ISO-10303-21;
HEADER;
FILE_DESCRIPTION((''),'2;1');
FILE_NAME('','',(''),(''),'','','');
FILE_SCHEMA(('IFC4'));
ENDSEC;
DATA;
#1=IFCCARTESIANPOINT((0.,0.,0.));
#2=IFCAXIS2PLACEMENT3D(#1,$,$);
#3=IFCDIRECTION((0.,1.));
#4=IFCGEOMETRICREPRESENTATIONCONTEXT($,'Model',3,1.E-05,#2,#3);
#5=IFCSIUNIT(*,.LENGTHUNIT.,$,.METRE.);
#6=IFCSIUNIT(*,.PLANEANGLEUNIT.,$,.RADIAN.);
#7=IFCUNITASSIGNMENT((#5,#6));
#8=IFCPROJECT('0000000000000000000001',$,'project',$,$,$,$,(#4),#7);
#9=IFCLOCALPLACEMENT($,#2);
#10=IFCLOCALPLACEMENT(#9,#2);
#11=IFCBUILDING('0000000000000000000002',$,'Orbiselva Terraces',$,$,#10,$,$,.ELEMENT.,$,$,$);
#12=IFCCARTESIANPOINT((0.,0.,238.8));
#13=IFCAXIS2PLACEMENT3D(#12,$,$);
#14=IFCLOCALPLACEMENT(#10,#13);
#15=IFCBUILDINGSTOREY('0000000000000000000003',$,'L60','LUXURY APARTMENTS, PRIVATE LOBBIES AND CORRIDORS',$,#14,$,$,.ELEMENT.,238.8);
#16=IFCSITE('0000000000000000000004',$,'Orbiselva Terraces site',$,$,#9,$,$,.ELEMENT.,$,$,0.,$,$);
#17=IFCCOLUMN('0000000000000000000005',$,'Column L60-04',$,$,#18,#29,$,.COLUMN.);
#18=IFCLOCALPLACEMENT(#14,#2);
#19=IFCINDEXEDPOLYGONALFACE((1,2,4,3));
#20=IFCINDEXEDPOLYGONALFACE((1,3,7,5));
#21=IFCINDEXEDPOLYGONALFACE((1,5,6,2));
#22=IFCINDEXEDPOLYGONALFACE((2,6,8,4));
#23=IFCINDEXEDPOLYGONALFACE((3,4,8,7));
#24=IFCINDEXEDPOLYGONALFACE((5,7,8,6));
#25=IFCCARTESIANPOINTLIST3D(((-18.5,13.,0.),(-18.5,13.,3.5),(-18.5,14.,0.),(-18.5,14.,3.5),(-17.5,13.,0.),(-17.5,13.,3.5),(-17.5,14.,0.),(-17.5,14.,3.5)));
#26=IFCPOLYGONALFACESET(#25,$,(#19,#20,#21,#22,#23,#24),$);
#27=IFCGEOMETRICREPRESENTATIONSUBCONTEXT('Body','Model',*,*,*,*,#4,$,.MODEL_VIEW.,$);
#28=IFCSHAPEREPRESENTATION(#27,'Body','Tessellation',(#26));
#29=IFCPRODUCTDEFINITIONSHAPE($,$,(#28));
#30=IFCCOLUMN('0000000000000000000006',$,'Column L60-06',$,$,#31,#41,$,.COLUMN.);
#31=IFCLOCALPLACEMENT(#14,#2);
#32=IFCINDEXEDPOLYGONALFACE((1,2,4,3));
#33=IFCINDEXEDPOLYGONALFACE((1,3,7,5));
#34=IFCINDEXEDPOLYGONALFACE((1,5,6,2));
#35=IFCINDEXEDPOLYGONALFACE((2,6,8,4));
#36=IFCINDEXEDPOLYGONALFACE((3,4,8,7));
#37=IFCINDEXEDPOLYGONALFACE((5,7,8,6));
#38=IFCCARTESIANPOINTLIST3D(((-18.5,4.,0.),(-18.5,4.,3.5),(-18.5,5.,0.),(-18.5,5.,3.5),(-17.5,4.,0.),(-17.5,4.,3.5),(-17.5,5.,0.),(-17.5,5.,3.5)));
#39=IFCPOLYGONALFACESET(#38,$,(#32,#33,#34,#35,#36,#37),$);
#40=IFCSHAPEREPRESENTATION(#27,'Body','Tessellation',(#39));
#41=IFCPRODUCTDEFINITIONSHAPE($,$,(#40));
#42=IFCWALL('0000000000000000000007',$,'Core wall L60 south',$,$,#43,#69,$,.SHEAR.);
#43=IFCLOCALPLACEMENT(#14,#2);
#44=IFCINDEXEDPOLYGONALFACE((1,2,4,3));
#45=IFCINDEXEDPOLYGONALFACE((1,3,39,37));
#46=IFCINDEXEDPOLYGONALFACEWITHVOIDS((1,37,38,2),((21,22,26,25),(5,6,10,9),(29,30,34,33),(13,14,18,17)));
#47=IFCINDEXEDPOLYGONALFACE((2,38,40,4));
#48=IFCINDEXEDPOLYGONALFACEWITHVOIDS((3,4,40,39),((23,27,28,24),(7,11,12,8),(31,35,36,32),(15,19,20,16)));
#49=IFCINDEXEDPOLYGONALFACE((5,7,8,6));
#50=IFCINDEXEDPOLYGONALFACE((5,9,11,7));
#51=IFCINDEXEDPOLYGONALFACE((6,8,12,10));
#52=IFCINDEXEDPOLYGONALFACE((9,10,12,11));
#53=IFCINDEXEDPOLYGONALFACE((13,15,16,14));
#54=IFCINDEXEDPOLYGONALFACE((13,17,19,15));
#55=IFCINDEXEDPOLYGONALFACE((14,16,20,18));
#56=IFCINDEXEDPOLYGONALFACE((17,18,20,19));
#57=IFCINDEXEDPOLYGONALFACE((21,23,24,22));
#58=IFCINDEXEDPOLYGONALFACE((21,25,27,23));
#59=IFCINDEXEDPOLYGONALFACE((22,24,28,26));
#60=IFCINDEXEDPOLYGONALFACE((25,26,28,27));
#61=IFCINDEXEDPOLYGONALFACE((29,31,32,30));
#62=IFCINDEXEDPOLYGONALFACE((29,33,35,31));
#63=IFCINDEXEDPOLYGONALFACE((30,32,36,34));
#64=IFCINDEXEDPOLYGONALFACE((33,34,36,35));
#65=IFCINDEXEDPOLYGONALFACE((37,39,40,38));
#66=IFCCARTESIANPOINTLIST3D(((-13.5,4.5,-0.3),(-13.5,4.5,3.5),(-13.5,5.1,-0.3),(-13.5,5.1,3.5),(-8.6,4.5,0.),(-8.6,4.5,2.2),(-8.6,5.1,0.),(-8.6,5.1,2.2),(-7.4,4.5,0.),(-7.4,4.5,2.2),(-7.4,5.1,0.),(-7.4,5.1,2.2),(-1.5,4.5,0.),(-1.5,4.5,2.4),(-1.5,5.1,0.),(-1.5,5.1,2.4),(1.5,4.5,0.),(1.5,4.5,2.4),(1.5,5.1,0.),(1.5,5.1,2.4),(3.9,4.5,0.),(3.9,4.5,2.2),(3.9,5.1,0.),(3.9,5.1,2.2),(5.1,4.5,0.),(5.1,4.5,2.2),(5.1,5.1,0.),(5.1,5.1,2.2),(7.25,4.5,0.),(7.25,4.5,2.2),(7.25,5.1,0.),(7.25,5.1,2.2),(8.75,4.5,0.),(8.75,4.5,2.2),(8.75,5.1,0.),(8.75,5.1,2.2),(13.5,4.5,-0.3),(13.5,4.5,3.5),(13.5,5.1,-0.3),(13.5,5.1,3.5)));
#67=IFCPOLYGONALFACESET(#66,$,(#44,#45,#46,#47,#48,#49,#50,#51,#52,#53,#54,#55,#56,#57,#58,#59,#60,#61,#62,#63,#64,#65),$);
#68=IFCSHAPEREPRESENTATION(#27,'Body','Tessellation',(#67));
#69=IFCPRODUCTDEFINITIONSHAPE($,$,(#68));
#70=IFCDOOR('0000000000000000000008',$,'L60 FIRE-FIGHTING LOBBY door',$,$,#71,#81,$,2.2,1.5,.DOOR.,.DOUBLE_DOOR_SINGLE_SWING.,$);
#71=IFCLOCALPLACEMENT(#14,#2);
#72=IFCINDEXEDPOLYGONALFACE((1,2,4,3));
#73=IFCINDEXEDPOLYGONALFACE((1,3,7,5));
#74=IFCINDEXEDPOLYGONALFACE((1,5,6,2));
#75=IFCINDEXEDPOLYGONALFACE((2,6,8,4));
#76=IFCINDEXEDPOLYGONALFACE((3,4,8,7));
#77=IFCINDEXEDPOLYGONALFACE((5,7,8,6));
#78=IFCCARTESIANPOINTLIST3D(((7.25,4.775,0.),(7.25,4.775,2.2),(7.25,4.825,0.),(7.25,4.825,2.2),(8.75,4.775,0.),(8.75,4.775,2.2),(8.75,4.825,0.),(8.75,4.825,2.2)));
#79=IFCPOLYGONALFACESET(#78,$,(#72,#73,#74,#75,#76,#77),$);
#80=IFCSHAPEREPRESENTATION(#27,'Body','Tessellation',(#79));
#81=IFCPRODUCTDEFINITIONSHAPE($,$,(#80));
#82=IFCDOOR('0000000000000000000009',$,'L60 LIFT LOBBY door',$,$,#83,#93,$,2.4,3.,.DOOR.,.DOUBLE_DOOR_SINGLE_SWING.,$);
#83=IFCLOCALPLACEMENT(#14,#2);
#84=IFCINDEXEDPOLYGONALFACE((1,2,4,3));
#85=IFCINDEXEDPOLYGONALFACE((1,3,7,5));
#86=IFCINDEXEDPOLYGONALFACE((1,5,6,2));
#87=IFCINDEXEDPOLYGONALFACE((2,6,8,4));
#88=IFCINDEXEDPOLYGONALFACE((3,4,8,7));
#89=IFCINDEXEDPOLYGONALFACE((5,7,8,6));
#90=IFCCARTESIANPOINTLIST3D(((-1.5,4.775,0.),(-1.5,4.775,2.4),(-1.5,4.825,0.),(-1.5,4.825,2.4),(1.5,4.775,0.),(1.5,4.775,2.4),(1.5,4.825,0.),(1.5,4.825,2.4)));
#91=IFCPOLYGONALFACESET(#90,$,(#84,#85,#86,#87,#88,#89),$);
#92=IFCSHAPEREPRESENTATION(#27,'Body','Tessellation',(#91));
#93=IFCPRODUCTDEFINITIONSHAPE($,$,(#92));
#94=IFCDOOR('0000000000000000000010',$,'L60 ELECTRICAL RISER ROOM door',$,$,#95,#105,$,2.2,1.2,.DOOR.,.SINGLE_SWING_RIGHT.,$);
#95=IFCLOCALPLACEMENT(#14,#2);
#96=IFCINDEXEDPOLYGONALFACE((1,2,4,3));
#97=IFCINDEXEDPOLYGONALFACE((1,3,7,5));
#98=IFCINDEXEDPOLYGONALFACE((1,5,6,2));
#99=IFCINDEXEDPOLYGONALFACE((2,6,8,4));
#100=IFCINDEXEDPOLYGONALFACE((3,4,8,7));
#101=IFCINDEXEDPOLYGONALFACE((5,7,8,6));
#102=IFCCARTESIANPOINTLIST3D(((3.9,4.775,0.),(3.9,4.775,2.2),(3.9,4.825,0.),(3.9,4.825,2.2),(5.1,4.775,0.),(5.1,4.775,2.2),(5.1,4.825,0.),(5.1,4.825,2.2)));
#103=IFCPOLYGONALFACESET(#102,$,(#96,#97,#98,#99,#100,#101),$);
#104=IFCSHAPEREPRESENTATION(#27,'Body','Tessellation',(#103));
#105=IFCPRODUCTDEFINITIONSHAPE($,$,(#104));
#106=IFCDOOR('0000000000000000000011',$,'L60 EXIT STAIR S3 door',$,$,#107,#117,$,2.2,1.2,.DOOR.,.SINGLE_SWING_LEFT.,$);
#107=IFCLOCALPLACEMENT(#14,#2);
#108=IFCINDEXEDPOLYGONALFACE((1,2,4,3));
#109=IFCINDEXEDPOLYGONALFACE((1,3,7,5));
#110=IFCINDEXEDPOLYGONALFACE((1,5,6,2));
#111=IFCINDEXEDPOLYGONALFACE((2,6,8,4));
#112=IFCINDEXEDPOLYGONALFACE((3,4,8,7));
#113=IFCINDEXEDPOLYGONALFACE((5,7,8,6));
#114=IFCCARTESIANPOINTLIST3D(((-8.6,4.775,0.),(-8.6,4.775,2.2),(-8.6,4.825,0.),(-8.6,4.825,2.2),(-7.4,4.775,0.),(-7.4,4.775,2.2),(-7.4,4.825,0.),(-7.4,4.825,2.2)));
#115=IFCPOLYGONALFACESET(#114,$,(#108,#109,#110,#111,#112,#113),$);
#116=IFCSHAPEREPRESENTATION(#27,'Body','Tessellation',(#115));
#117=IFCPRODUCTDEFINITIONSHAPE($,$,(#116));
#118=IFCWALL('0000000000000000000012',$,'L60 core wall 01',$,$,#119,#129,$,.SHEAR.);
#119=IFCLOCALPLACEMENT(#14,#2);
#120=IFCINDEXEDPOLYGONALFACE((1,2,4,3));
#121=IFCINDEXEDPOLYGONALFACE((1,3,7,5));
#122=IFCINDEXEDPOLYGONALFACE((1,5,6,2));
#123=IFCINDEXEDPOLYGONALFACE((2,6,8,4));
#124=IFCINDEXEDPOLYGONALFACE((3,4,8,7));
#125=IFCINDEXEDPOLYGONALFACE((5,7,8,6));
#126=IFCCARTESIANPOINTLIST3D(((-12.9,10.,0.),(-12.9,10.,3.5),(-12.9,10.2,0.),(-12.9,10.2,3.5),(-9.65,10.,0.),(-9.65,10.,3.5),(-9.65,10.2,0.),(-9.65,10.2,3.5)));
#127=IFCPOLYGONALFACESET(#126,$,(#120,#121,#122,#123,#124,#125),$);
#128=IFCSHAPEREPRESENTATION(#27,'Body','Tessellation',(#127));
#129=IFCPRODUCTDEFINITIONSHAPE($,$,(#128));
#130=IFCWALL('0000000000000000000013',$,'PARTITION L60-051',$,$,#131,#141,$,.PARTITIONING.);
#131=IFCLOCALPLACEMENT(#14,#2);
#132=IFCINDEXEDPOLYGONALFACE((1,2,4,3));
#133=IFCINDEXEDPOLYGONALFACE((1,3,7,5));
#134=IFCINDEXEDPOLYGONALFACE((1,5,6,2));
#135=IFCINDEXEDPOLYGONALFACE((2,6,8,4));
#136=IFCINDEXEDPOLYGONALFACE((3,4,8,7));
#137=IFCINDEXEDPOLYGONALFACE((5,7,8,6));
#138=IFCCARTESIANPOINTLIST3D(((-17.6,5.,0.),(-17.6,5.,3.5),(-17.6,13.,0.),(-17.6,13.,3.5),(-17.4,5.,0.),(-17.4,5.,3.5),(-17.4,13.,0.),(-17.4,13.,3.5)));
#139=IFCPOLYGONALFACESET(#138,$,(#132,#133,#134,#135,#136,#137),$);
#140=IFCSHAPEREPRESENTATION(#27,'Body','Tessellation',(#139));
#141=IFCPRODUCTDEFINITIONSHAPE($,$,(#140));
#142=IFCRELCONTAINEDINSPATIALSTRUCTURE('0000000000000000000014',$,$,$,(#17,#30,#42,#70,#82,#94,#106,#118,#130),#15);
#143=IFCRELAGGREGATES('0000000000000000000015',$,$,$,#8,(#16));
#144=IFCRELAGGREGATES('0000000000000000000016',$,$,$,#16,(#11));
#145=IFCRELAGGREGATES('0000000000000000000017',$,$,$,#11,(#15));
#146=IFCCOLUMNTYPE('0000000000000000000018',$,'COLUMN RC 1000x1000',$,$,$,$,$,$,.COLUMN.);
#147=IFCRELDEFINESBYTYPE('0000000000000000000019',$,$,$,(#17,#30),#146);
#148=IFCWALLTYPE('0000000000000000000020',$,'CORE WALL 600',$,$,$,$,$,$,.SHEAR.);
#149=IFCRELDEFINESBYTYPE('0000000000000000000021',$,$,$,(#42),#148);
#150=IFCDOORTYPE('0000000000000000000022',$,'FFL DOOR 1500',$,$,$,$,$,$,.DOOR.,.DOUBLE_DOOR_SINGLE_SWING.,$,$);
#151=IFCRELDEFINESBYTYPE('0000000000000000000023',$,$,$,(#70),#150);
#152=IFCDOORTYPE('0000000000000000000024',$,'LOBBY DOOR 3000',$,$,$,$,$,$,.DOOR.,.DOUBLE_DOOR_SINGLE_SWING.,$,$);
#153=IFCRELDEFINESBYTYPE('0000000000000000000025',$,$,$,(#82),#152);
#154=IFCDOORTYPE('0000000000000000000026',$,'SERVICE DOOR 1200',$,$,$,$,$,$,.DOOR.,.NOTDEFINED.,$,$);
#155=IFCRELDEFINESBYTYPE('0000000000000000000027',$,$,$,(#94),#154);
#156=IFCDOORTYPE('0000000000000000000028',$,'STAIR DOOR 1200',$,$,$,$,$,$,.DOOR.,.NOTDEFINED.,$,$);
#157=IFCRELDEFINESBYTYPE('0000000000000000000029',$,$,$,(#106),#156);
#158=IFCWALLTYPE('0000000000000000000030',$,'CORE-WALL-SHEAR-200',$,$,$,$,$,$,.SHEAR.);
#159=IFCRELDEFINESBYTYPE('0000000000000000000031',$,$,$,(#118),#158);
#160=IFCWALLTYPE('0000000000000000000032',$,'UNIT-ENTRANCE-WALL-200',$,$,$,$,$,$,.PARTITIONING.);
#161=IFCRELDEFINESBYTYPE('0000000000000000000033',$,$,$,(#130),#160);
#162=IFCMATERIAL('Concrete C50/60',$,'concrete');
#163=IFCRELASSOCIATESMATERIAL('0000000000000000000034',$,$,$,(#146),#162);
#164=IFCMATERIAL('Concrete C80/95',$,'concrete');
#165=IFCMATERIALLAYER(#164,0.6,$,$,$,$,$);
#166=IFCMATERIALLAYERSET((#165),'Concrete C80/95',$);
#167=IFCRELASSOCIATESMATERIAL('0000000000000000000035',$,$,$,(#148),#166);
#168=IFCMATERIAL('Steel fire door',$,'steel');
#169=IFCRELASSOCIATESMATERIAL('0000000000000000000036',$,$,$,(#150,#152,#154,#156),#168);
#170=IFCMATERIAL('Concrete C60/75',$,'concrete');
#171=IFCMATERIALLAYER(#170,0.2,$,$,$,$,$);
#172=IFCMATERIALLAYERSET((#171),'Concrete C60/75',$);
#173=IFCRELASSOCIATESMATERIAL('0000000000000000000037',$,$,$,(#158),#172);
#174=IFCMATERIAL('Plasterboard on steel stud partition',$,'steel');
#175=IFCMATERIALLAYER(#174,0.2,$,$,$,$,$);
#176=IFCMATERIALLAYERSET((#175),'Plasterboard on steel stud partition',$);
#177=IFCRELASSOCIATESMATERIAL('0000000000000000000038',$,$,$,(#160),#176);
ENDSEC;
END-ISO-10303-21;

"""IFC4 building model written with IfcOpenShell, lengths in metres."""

from ifc_helpers import new_model, si_unit, direction, frame, frame_2d, origin, origin_2d, place, context, subcontext, project, spatial, rectangle, extrude, material, layer, layer_set, material_profile, profile_set, type_object, element, fill, save


model = new_model("IFC4")

# Units and contexts
model_context = context("Model", 3, precision=1e-05, world=origin(), true_north=direction((0.0, 1.0)))
body_context = subcontext(model_context, "Body", "Model", "MODEL_VIEW")
ifc_project = project(units=[si_unit("LENGTHUNIT", "METRE"), si_unit("PLANEANGLEUNIT", "RADIAN")], contexts=[model_context])

# Site, building, storey
site_placement = place(None, origin())
site = spatial("IfcSite", under=ifc_project, at=site_placement, Name="Orbiselva Terraces site", CompositionType="ELEMENT", RefElevation=0.0)
building_placement = place(site_placement, origin())
building = spatial("IfcBuilding", under=site, at=building_placement, Name="Orbiselva Terraces", CompositionType="ELEMENT")
storey_placement = place(building_placement, frame((0.0, 0.0, 238.8)))
storey = spatial("IfcBuildingStorey", under=building, at=storey_placement, Name="L60", Description="LUXURY APARTMENTS, PRIVATE LOBBIES AND CORRIDORS", CompositionType="ELEMENT", Elevation=238.8)

# Columns
ifc_material_1 = material(Name="Concrete C50/60", Category="concrete")
ifc_material_profile = material_profile(ifc_material_1, rectangle(XDim=1.0, YDim=1.0, at=origin_2d()), Name="RC 1000x1000")
ifc_profile_set = profile_set([ifc_material_profile], Name="Concrete C50/60")
column_type = type_object("IfcColumnType", Name="COLUMN RC 1000x1000", PredefinedType="COLUMN", material=ifc_profile_set)
for number, where, z_axis, x_axis, name in (
    (1, (-18.0, 13.5, 0.0), (0.0, 0.0, 1.0), (1.0, 0.0, 0.0), "Column L60-04"),
    (2, (-18.0, 4.5, 0.0), (0.0, 0.0, 1.0), (1.0, 0.0, 0.0), "Column L60-06"),
):
    element("IfcColumn", number, at=place(storey_placement, frame(where, z_axis=z_axis, x_axis=x_axis)), inside=storey, type_object=column_type, Name=name, PredefinedType="COLUMN", context=body_context, shape_type="SweptSolid", body=[
        extrude(rectangle(XDim=1.0, YDim=1.0, at=origin_2d()), origin(), (0.0, 0.0, 1.0), 3.5),
    ])

# Wall, openings, doors
ifc_material_2 = material(Name="Concrete C80/95", Category="concrete")
ifc_layer_1 = layer(ifc_material_2, 0.6)
ifc_layer_set_1 = layer_set([ifc_layer_1], Name="Concrete C80/95")
wall_type_1 = type_object("IfcWallType", Name="CORE WALL 600", PredefinedType="SHEAR", material=ifc_layer_set_1)
wall_1_placement = place(storey_placement, frame((-13.5, 4.8, -0.3), z_axis=(0.0, 0.0, 1.0), x_axis=(1.0, 0.0, 0.0)))
wall_1 = element("IfcWall", 3, at=wall_1_placement, inside=storey, type_object=wall_type_1, Name="Core wall L60 south", PredefinedType="SHEAR", context=body_context, shape_type="SweptSolid", body=[
    extrude(rectangle(XDim=27.0, YDim=0.6, at=frame_2d((13.5, 0.0))), origin(), (0.0, 0.0, 1.0), 3.8),
])
opening_1_placement = place(wall_1_placement, frame((12.0, 0.0, 0.3)))
opening_1 = element("IfcOpeningElement", 4, at=opening_1_placement, cuts=wall_1, PredefinedType="OPENING", context=body_context, shape_type="SweptSolid", body=[
    extrude(rectangle(XDim=3.0, YDim=2.4, at=frame_2d((1.5, 1.2))), frame((0.0, 0.31, 0.0), z_axis=(0.0, -1.0, 0.0), x_axis=(1.0, 0.0, 0.0)), (0.0, 0.0, 1.0), 0.62),
])
opening_2_placement = place(wall_1_placement, frame((4.9, 0.0, 0.3)))
opening_2 = element("IfcOpeningElement", 5, at=opening_2_placement, cuts=wall_1, PredefinedType="OPENING", context=body_context, shape_type="SweptSolid", body=[
    extrude(rectangle(XDim=1.2, YDim=2.2, at=frame_2d((0.6, 1.1))), frame((0.0, 0.31, 0.0), z_axis=(0.0, -1.0, 0.0), x_axis=(1.0, 0.0, 0.0)), (0.0, 0.0, 1.0), 0.62),
])
opening_3_placement = place(wall_1_placement, frame((20.75, 0.0, 0.3)))
opening_3 = element("IfcOpeningElement", 6, at=opening_3_placement, cuts=wall_1, PredefinedType="OPENING", context=body_context, shape_type="SweptSolid", body=[
    extrude(rectangle(XDim=1.5, YDim=2.2, at=frame_2d((0.75, 1.1))), frame((0.0, 0.31, 0.0), z_axis=(0.0, -1.0, 0.0), x_axis=(1.0, 0.0, 0.0)), (0.0, 0.0, 1.0), 0.62),
])
opening_4_placement = place(wall_1_placement, frame((17.4, 0.0, 0.3)))
opening_4 = element("IfcOpeningElement", 7, at=opening_4_placement, cuts=wall_1, PredefinedType="OPENING", context=body_context, shape_type="SweptSolid", body=[
    extrude(rectangle(XDim=1.2, YDim=2.2, at=frame_2d((0.6, 1.1))), frame((0.0, 0.31, 0.0), z_axis=(0.0, -1.0, 0.0), x_axis=(1.0, 0.0, 0.0)), (0.0, 0.0, 1.0), 0.62),
])
ifc_material_3 = material(Name="Steel fire door", Category="steel")
door_type_1 = type_object("IfcDoorType", Name="FFL DOOR 1500", OperationType="DOUBLE_DOOR_SINGLE_SWING", PredefinedType="DOOR", material=ifc_material_3)
door_1_placement = place(opening_3_placement, frame((1.5, 0.0, 0.0), z_axis=(0.0, 0.0, 1.0), x_axis=(-1.0, 0.0, 0.0)))
door_1 = element("IfcDoor", 8, at=door_1_placement, inside=storey, type_object=door_type_1, Name="L60 FIRE-FIGHTING LOBBY door", OperationType="DOUBLE_DOOR_SINGLE_SWING", OverallHeight=2.2, OverallWidth=1.5, PredefinedType="DOOR", context=body_context, shape_type="SweptSolid", body=[
    extrude(rectangle(XDim=1.5, YDim=2.2, at=frame_2d((0.75, 1.1))), frame((0.0, 0.025, 0.0), z_axis=(0.0, -1.0, 0.0), x_axis=(1.0, 0.0, 0.0)), (0.0, 0.0, 1.0), 0.05),
])
fill(opening_3, door_1)
door_type_2 = type_object("IfcDoorType", Name="LOBBY DOOR 3000", OperationType="DOUBLE_DOOR_SINGLE_SWING", PredefinedType="DOOR", material=ifc_material_3)
door_2_placement = place(opening_1_placement, frame((3.0, 0.0, 0.0), z_axis=(0.0, 0.0, 1.0), x_axis=(-1.0, 0.0, 0.0)))
door_2 = element("IfcDoor", 9, at=door_2_placement, inside=storey, type_object=door_type_2, Name="L60 LIFT LOBBY door", OperationType="DOUBLE_DOOR_SINGLE_SWING", OverallHeight=2.4, OverallWidth=3.0, PredefinedType="DOOR", context=body_context, shape_type="SweptSolid", body=[
    extrude(rectangle(XDim=3.0, YDim=2.4, at=frame_2d((1.5, 1.2))), frame((0.0, 0.025, 0.0), z_axis=(0.0, -1.0, 0.0), x_axis=(1.0, 0.0, 0.0)), (0.0, 0.0, 1.0), 0.05),
])
fill(opening_1, door_2)
door_type_3 = type_object("IfcDoorType", Name="SERVICE DOOR 1200", OperationType="NOTDEFINED", PredefinedType="DOOR", material=ifc_material_3)
door_3_placement = place(opening_4_placement, frame((1.2, 0.0, 0.0), z_axis=(0.0, 0.0, 1.0), x_axis=(-1.0, 0.0, 0.0)))
door_3 = element("IfcDoor", 10, at=door_3_placement, inside=storey, type_object=door_type_3, Name="L60 ELECTRICAL RISER ROOM door", OperationType="SINGLE_SWING_RIGHT", OverallHeight=2.2, OverallWidth=1.2, PredefinedType="DOOR", context=body_context, shape_type="SweptSolid", body=[
    extrude(rectangle(XDim=1.2, YDim=2.2, at=frame_2d((0.6, 1.1))), frame((0.0, 0.025, 0.0), z_axis=(0.0, -1.0, 0.0), x_axis=(1.0, 0.0, 0.0)), (0.0, 0.0, 1.0), 0.05),
])
fill(opening_4, door_3)
door_type_4 = type_object("IfcDoorType", Name="STAIR DOOR 1200", OperationType="NOTDEFINED", PredefinedType="DOOR", material=ifc_material_3)
door_4_placement = place(opening_2_placement, frame((1.2, 0.0, 0.0), z_axis=(0.0, 0.0, 1.0), x_axis=(-1.0, 0.0, 0.0)))
door_4 = element("IfcDoor", 11, at=door_4_placement, inside=storey, type_object=door_type_4, Name="L60 EXIT STAIR S3 door", OperationType="SINGLE_SWING_LEFT", OverallHeight=2.2, OverallWidth=1.2, PredefinedType="DOOR", context=body_context, shape_type="SweptSolid", body=[
    extrude(rectangle(XDim=1.2, YDim=2.2, at=frame_2d((0.6, 1.1))), frame((0.0, 0.025, 0.0), z_axis=(0.0, -1.0, 0.0), x_axis=(1.0, 0.0, 0.0)), (0.0, 0.0, 1.0), 0.05),
])
fill(opening_2, door_4)

# Walls
ifc_material_4 = material(Name="Concrete C60/75", Category="concrete")
ifc_layer_2 = layer(ifc_material_4, 0.2)
ifc_layer_set_2 = layer_set([ifc_layer_2], Name="Concrete C60/75")
wall_type_2 = type_object("IfcWallType", Name="CORE-WALL-SHEAR-200", PredefinedType="SHEAR", material=ifc_layer_set_2)
wall_2_placement = place(storey_placement, frame((-12.9, 10.1, 0.0), z_axis=(0.0, 0.0, 1.0), x_axis=(1.0, 0.0, 0.0)))
element("IfcWall", 12, at=wall_2_placement, inside=storey, type_object=wall_type_2, Name="L60 core wall 01", PredefinedType="SHEAR", context=body_context, shape_type="SweptSolid", body=[
    extrude(rectangle(XDim=3.25, YDim=0.2, at=frame_2d((1.625, 0.0))), origin(), (0.0, 0.0, 1.0), 3.5),
])
ifc_material_5 = material(Name="Plasterboard on steel stud partition", Category="steel")
ifc_layer_3 = layer(ifc_material_5, 0.2)
ifc_layer_set_3 = layer_set([ifc_layer_3], Name="Plasterboard on steel stud partition")
wall_type_3 = type_object("IfcWallType", Name="UNIT-ENTRANCE-WALL-200", PredefinedType="PARTITIONING", material=ifc_layer_set_3)
wall_3_placement = place(storey_placement, frame((-17.5, 5.0, 0.0), z_axis=(0.0, 0.0, 1.0), x_axis=(0.0, 1.0, 0.0)))
element("IfcWall", 13, at=wall_3_placement, inside=storey, type_object=wall_type_3, Name="PARTITION L60-051", PredefinedType="PARTITIONING", context=body_context, shape_type="SweptSolid", body=[
    extrude(rectangle(XDim=8.0, YDim=0.2, at=frame_2d((4.0, 0.0))), origin(), (0.0, 0.0, 1.0), 3.5),
])

save(model, "model.ifc")
